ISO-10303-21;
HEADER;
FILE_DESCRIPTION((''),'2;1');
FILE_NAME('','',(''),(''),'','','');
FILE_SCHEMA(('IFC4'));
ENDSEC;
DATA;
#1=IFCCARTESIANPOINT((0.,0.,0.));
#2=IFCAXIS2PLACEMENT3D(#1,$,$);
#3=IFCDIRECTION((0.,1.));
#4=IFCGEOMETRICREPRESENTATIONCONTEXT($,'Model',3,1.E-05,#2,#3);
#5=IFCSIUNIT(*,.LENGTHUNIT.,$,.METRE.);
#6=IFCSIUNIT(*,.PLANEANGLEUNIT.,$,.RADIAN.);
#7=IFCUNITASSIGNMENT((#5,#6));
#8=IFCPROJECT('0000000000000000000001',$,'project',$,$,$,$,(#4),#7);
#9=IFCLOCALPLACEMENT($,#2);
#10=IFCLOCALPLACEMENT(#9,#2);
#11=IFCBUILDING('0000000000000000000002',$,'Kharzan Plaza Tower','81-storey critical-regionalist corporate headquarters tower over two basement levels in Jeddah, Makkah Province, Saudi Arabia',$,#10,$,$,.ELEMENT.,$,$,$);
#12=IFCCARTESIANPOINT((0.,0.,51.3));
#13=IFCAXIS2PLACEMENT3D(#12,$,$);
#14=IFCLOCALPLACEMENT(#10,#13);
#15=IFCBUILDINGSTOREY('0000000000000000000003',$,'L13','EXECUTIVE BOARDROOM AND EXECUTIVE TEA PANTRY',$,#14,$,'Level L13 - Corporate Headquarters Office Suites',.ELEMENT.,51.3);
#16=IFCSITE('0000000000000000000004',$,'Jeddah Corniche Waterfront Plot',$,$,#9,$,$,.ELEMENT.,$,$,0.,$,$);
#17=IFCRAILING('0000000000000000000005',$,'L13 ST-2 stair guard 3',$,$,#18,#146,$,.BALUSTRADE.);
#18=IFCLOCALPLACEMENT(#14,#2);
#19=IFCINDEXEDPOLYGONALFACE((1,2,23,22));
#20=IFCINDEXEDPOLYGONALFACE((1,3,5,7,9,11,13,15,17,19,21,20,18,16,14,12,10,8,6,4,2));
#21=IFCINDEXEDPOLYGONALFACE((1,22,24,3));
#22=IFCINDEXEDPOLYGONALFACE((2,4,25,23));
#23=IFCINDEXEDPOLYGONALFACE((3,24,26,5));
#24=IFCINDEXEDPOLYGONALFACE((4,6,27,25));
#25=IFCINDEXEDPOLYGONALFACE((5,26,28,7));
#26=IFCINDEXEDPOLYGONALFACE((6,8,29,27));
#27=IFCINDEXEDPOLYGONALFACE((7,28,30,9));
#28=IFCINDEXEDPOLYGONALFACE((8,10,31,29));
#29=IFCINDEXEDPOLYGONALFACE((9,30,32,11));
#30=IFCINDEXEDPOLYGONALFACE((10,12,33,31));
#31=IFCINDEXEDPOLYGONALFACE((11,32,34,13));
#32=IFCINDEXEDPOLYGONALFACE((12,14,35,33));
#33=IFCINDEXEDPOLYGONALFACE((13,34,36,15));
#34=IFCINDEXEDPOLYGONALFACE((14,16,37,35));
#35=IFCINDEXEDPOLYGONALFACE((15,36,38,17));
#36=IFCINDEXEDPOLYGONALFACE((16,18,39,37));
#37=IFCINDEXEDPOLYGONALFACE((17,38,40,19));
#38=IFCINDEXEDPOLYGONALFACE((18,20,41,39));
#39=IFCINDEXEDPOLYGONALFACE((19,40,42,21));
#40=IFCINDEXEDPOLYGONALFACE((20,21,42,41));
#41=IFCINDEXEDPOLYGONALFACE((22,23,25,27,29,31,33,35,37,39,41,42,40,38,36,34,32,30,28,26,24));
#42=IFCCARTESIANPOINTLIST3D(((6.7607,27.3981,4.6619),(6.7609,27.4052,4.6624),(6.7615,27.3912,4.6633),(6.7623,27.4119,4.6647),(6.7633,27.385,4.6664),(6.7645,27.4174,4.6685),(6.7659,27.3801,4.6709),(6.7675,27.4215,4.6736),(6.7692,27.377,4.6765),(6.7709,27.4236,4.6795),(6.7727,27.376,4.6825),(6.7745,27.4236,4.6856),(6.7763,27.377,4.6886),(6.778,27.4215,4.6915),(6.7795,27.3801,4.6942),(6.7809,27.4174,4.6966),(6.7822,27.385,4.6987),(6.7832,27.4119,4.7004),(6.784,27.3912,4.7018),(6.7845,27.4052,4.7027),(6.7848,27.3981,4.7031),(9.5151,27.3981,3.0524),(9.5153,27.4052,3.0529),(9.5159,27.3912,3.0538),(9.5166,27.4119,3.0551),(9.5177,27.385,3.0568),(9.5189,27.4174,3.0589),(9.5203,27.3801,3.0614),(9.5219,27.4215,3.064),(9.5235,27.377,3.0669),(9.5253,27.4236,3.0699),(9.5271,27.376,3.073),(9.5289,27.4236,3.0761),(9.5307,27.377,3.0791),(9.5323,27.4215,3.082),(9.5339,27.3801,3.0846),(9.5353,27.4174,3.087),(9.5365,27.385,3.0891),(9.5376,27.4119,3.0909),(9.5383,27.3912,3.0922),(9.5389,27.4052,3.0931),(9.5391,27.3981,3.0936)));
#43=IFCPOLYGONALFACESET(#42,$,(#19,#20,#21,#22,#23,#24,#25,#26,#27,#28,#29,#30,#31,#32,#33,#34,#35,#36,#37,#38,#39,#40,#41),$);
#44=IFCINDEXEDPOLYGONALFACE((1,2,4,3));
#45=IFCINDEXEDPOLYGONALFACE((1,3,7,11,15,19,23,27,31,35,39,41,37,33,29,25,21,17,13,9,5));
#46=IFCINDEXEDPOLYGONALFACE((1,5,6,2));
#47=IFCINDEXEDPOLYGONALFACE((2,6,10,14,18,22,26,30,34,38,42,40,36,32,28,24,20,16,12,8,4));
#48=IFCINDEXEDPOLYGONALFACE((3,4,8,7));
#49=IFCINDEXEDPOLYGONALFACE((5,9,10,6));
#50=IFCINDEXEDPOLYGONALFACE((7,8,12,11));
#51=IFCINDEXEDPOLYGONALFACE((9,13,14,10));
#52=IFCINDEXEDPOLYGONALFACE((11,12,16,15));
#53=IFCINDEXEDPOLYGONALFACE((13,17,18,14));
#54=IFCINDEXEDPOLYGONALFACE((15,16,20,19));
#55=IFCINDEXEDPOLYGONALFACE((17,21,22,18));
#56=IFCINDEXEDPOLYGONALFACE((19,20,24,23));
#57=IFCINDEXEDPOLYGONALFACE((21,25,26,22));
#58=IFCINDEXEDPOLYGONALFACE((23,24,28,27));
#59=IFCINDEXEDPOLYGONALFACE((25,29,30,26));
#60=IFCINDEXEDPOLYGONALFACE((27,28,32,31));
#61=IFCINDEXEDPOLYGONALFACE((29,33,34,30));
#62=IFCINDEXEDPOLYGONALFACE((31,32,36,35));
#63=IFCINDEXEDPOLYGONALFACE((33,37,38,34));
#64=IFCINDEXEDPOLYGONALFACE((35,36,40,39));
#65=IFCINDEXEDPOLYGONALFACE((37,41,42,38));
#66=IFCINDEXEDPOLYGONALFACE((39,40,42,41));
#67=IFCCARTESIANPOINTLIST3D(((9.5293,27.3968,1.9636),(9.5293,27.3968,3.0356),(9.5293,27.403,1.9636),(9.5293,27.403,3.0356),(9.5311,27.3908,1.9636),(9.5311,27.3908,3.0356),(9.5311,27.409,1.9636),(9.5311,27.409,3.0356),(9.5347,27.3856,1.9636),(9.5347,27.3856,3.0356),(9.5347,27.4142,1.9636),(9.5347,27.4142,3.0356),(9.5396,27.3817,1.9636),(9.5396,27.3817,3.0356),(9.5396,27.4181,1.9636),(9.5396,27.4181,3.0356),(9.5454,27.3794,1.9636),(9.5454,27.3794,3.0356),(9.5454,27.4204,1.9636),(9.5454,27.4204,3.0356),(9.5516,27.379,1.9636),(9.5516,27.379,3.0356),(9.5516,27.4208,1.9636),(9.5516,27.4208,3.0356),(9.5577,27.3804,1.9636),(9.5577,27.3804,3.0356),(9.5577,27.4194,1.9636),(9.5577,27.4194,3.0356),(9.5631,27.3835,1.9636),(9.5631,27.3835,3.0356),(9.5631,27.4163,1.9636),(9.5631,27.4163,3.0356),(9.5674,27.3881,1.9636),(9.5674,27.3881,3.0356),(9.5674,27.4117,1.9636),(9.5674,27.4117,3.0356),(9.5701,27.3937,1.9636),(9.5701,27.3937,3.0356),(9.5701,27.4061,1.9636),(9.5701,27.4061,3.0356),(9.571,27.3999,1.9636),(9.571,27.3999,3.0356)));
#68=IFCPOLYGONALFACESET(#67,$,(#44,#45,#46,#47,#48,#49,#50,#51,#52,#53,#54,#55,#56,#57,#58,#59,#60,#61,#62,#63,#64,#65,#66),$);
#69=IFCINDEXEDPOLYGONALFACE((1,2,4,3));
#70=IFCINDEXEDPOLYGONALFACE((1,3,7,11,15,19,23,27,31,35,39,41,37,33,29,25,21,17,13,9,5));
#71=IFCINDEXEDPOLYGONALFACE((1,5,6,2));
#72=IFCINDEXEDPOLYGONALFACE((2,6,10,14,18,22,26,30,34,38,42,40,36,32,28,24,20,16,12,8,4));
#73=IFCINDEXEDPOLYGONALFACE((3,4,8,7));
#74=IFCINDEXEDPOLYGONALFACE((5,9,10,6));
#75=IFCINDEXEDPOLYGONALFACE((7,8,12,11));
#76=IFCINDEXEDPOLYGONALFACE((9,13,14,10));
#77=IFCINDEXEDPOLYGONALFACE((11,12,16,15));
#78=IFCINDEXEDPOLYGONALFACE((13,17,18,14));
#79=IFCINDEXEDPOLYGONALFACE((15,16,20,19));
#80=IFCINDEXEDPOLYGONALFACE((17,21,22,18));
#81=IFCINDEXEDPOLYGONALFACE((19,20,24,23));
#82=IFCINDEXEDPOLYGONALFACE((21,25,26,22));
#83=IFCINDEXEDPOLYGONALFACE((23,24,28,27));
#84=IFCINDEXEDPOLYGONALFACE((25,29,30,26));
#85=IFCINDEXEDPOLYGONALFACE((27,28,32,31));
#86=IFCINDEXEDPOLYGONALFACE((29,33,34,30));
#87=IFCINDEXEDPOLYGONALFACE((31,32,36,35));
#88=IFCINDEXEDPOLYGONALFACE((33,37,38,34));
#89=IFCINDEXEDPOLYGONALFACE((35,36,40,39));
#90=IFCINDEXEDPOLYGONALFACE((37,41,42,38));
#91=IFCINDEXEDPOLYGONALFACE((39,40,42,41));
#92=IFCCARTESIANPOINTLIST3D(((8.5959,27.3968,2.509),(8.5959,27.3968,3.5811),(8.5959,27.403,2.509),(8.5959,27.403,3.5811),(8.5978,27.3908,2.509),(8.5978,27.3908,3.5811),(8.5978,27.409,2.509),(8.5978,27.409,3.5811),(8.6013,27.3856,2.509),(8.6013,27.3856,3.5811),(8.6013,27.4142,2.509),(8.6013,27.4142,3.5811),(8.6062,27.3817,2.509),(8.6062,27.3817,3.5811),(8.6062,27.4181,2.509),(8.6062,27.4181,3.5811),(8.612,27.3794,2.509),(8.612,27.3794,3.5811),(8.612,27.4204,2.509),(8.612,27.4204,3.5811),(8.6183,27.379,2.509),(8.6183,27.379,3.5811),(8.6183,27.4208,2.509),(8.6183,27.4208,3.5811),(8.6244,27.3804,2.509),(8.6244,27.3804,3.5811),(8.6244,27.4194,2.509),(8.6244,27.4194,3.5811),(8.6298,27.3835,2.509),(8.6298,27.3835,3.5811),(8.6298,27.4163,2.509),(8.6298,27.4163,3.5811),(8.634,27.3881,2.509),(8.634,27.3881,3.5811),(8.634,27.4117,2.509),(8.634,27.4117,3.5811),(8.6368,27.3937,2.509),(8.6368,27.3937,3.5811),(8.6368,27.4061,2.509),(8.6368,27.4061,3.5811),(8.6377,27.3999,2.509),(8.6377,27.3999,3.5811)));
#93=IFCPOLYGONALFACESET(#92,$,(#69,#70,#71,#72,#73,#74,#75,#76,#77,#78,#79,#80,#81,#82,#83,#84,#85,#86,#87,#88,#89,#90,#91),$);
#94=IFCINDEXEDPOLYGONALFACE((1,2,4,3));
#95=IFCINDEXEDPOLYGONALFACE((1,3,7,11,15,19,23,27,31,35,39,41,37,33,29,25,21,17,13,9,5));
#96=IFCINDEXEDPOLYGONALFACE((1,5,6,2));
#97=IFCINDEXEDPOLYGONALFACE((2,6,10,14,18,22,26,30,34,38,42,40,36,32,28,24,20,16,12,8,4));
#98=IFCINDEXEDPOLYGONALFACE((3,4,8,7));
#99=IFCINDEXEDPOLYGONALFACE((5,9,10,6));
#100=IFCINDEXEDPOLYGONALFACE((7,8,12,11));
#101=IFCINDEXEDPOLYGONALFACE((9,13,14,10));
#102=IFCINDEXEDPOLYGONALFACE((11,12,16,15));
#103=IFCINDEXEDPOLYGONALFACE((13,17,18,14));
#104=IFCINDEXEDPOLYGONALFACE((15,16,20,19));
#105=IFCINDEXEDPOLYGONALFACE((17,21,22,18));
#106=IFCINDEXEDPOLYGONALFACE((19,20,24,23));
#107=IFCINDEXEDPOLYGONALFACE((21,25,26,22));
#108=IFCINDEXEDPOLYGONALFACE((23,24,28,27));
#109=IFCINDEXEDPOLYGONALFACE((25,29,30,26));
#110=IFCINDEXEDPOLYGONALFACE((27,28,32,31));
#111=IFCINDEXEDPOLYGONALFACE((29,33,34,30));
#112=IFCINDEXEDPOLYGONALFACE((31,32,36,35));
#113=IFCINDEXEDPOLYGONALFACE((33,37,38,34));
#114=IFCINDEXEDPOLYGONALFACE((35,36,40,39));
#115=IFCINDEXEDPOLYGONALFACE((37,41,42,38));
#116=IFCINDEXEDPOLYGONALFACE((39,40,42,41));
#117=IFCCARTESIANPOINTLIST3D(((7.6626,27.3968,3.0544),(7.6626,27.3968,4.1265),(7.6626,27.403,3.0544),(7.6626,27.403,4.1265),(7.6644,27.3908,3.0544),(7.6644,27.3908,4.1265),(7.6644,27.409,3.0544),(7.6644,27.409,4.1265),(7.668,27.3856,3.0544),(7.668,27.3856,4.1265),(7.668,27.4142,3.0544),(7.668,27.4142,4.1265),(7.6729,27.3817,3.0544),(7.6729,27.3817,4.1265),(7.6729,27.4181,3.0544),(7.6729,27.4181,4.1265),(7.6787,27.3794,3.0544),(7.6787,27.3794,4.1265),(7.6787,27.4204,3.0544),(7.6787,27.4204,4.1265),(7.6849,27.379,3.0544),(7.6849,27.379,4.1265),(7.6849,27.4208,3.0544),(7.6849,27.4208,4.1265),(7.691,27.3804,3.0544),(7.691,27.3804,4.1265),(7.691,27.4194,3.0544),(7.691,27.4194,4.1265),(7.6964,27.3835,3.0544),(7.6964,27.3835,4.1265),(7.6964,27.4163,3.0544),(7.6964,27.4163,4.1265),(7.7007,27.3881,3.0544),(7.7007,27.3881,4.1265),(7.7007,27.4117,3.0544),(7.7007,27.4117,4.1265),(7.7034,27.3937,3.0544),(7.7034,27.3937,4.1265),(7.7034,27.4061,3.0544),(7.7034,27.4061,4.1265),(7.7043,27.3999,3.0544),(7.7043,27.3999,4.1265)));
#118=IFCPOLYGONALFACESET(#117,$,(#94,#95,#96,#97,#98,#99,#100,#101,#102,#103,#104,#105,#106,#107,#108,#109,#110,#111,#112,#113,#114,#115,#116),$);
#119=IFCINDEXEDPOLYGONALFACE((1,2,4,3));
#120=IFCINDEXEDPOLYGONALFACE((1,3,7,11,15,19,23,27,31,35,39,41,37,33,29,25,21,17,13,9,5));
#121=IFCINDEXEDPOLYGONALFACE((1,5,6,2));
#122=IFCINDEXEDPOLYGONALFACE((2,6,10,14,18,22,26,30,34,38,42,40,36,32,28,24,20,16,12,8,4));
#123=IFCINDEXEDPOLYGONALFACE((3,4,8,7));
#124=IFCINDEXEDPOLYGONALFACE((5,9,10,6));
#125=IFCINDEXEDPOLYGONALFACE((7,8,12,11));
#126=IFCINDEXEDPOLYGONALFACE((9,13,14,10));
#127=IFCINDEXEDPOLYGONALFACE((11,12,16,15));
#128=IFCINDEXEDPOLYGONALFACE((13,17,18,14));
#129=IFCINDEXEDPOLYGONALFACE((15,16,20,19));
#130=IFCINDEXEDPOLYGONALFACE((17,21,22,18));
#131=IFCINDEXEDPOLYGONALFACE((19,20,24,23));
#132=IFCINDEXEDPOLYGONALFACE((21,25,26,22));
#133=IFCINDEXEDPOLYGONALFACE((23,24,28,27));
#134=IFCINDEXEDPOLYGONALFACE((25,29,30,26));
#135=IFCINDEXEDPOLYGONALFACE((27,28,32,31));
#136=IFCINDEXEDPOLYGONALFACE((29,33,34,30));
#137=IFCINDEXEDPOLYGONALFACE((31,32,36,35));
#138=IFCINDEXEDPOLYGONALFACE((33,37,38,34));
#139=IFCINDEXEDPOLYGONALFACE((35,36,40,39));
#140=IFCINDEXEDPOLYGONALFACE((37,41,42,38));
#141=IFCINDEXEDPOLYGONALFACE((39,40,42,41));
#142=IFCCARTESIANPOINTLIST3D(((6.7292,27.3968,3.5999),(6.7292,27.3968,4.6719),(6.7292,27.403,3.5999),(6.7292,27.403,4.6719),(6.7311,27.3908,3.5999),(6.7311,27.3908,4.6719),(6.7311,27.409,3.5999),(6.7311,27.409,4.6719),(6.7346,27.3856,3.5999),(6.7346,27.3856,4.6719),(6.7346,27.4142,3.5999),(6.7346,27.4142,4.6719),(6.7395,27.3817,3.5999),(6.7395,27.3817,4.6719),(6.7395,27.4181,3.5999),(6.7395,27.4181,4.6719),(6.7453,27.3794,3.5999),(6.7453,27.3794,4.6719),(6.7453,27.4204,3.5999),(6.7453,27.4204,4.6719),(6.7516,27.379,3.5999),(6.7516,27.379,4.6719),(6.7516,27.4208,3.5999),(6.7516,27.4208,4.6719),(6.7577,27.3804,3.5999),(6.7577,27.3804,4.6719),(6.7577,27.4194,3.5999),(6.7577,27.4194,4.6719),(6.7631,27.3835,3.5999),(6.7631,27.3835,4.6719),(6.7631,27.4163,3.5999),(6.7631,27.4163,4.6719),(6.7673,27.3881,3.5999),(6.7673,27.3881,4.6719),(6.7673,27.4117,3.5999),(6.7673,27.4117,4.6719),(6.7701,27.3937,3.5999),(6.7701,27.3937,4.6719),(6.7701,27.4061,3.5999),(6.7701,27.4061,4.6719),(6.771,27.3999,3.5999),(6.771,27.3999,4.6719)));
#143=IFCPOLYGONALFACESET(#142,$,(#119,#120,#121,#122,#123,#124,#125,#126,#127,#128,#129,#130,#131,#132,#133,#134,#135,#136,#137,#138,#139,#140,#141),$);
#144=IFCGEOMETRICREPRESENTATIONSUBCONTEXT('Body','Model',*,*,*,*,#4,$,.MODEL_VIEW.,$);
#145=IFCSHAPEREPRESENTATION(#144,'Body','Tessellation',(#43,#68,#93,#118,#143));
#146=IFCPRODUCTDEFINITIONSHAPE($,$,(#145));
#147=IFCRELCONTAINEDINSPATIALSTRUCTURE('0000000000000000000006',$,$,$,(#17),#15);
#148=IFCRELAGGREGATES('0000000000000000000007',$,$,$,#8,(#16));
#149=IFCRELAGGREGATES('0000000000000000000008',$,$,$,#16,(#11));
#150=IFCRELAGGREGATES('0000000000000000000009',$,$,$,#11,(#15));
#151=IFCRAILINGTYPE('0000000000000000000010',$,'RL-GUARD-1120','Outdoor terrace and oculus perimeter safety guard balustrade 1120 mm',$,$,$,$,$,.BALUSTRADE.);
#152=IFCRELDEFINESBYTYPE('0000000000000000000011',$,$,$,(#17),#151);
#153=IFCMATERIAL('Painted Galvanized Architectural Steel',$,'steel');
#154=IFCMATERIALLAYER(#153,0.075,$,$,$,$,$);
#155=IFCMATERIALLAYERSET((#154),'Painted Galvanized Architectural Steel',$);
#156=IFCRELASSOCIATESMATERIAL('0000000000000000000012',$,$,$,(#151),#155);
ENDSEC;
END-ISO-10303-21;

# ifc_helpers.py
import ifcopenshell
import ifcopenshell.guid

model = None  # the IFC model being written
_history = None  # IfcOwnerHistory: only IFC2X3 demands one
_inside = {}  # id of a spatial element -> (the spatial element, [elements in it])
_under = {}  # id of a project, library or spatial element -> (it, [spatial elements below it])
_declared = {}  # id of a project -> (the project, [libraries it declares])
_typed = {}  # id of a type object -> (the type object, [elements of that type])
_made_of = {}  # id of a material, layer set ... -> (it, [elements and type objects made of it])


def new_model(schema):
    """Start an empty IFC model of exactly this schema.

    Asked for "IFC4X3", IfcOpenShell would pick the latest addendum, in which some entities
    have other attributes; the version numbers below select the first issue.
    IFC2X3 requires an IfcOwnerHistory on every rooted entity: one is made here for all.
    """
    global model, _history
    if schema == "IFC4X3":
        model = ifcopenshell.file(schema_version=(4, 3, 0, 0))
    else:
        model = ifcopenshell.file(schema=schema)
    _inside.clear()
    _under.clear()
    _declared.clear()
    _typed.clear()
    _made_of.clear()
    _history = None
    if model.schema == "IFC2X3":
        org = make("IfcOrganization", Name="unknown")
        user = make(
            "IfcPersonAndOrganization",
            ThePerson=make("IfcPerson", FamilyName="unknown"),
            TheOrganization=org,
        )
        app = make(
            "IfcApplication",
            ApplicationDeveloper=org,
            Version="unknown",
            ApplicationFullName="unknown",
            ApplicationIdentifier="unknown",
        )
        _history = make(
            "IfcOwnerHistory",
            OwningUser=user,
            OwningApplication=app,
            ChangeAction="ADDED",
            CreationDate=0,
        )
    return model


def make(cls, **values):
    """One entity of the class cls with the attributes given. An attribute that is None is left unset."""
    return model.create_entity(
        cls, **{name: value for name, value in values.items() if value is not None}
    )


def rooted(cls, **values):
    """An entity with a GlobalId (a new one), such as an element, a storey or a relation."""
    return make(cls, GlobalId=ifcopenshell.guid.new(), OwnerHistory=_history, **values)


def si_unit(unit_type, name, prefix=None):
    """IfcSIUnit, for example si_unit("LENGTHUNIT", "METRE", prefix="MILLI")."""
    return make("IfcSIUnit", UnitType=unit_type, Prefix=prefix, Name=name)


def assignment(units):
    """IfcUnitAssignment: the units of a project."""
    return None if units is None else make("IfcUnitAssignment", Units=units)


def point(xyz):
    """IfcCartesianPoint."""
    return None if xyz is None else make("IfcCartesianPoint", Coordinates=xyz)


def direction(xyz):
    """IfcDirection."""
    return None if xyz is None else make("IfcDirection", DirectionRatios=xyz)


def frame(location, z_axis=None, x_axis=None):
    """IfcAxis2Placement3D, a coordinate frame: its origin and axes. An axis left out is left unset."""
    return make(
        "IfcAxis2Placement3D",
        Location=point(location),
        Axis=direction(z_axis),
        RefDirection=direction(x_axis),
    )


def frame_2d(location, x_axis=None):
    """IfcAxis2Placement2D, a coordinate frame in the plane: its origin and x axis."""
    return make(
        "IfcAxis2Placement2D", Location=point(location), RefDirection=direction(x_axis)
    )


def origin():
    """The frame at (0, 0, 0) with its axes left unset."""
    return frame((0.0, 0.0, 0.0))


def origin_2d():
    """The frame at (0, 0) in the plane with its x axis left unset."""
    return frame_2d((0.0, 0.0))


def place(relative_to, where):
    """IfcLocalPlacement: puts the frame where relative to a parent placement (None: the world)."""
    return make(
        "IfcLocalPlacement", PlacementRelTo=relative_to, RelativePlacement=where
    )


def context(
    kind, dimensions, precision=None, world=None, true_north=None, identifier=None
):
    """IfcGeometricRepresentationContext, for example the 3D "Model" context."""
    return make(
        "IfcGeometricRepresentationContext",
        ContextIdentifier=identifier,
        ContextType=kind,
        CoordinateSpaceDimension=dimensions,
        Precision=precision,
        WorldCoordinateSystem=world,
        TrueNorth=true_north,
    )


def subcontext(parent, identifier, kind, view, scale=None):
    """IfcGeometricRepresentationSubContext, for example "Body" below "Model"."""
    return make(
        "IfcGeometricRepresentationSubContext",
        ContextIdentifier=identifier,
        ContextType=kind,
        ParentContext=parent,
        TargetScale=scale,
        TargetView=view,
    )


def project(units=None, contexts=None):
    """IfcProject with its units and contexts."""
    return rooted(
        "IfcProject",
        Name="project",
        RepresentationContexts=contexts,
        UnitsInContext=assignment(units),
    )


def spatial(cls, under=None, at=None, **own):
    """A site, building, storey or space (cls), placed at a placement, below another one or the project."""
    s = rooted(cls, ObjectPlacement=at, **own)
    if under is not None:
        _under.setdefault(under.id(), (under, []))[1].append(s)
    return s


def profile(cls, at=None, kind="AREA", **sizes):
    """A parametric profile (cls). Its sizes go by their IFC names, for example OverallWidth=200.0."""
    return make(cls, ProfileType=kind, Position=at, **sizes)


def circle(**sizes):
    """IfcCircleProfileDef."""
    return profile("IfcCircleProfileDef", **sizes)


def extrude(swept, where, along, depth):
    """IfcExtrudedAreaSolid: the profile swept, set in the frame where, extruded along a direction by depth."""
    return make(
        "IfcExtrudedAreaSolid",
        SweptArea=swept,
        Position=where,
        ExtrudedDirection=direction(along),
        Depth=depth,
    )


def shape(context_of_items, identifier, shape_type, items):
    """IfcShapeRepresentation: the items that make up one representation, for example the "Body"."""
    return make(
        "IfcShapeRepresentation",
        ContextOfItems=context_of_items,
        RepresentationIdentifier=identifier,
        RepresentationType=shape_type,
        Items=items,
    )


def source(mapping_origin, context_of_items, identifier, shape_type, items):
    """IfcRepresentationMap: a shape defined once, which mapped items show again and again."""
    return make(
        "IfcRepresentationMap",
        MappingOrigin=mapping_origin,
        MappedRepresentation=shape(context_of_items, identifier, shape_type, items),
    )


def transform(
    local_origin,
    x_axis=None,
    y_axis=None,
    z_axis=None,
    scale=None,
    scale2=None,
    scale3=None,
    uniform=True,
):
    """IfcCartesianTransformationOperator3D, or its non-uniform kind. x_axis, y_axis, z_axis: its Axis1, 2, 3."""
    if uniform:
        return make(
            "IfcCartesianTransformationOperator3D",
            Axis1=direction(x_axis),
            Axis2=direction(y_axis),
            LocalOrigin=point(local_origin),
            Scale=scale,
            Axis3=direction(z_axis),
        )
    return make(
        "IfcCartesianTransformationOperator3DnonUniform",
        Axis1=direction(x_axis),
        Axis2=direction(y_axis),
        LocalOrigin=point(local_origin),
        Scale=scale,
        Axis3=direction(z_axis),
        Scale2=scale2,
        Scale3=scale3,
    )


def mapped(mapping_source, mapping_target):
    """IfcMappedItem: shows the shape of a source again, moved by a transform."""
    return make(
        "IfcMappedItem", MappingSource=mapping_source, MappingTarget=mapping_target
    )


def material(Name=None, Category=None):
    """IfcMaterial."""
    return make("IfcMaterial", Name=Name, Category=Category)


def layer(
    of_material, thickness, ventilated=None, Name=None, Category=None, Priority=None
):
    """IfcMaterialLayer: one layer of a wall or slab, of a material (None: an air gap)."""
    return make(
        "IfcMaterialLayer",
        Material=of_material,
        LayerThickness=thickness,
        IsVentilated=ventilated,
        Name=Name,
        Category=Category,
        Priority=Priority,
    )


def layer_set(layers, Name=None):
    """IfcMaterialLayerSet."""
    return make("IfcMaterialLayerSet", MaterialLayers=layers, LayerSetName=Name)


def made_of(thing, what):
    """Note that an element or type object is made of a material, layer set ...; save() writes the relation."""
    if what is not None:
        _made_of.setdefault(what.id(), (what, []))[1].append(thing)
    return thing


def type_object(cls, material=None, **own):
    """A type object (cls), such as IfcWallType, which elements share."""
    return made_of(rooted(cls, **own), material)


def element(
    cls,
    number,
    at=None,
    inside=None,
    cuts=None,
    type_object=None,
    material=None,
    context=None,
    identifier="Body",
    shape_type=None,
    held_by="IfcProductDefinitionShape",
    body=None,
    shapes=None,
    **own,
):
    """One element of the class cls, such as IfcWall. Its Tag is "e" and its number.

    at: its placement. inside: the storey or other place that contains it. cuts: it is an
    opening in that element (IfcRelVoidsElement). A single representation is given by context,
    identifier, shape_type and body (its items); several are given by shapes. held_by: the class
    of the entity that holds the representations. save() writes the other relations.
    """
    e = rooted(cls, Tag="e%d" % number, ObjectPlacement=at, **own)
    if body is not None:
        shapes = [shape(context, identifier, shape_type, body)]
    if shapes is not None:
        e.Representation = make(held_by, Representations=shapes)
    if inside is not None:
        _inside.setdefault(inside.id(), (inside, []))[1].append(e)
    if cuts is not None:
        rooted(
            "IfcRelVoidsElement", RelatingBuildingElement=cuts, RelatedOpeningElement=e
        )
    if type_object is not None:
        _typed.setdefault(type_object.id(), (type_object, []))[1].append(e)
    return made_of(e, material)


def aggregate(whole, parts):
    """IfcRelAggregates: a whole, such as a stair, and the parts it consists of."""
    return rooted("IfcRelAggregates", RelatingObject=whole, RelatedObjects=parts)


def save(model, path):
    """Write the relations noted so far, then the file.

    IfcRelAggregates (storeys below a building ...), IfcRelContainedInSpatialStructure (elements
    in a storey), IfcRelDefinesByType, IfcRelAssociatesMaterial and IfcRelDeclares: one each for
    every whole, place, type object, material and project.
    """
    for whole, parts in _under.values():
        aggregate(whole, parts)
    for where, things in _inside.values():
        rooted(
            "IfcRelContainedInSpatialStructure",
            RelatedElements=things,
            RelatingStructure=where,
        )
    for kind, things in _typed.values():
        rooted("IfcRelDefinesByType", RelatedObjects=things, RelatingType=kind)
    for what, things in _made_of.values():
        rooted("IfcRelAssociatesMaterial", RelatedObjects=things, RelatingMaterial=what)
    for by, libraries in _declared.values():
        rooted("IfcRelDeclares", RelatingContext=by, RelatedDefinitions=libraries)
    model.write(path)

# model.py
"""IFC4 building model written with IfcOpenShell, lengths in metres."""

from ifc_helpers import new_model, si_unit, direction, frame, origin, origin_2d, place, context, subcontext, project, spatial, circle, extrude, source, transform, mapped, material, layer, layer_set, type_object, element, save


model = new_model("IFC4")

# Units and contexts
model_context = context("Model", 3, precision=1e-05, world=origin(), true_north=direction((0.0, 1.0)))
body_context = subcontext(model_context, "Body", "Model", "MODEL_VIEW")
ifc_project = project(units=[si_unit("LENGTHUNIT", "METRE"), si_unit("PLANEANGLEUNIT", "RADIAN")], contexts=[model_context])

# Site, building, storey
site_placement = place(None, origin())
site = spatial("IfcSite", under=ifc_project, at=site_placement, Name="Jeddah Corniche Waterfront Plot", CompositionType="ELEMENT", RefElevation=0.0)
building_placement = place(site_placement, origin())
building = spatial("IfcBuilding", under=site, at=building_placement, Name="Kharzan Plaza Tower", Description="81-storey critical-regionalist corporate headquarters tower over two basement levels in Jeddah, Makkah Province, Saudi Arabia", CompositionType="ELEMENT")
storey_placement = place(building_placement, frame((0.0, 0.0, 51.3)))
storey = spatial("IfcBuildingStorey", under=building, at=storey_placement, Name="L13", Description="EXECUTIVE BOARDROOM AND EXECUTIVE TEA PANTRY", LongName="Level L13 - Corporate Headquarters Office Suites", CompositionType="ELEMENT", Elevation=51.3)

# Railing
ifc_material_1 = material(Name="Painted Galvanized Architectural Steel", Category="steel")
ifc_layer_1 = layer(ifc_material_1, 0.075)
ifc_layer_set_1 = layer_set([ifc_layer_1], Name="Painted Galvanized Architectural Steel")
railing_type_1 = type_object("IfcRailingType", Name="RL-GUARD-1120", Description="Outdoor terrace and oculus perimeter safety guard balustrade 1120 mm", PredefinedType="BALUSTRADE", material=ifc_layer_set_1)
shared_shape_1 = source(origin(), body_context, "Body", "SweptSolid", [
    extrude(circle(Radius=0.0239, at=origin_2d()), frame((-0.0229, 0.0, 1.1094), z_axis=(-0.863394, 0.0, 0.504531), x_axis=(0.0, -1.0, 0.0)), (0.0, 0.0, 1.0), 3.1902),
    extrude(circle(Radius=0.021, at=origin_2d()), origin(), (0.0, 0.0, 1.0), 1.072),
    extrude(circle(Radius=0.021, at=origin_2d()), frame((-0.9333, 0.0, 0.5454)), (0.0, 0.0, 1.0), 1.072),
    extrude(circle(Radius=0.021, at=origin_2d()), frame((-1.8667, 0.0, 1.0908)), (0.0, 0.0, 1.0), 1.072),
    extrude(circle(Radius=0.021, at=origin_2d()), frame((-2.8, 0.0, 1.6362)), (0.0, 0.0, 1.0), 1.072),
])
railing_1_placement = place(storey_placement, frame((9.55, 27.3999, 1.9636)))
element("IfcRailing", 1, at=railing_1_placement, inside=storey, type_object=railing_type_1, Name="L13 ST-2 stair guard 3", PredefinedType="BALUSTRADE", context=body_context, shape_type="MappedRepresentation", body=[
    mapped(shared_shape_1, transform((0.0, 0.0, 0.0), x_axis=(1.0, 0.0, 0.0), y_axis=(0.0, 1.0, 0.0), z_axis=(0.0, 0.0, 1.0))),
])

save(model, "model.ifc")
